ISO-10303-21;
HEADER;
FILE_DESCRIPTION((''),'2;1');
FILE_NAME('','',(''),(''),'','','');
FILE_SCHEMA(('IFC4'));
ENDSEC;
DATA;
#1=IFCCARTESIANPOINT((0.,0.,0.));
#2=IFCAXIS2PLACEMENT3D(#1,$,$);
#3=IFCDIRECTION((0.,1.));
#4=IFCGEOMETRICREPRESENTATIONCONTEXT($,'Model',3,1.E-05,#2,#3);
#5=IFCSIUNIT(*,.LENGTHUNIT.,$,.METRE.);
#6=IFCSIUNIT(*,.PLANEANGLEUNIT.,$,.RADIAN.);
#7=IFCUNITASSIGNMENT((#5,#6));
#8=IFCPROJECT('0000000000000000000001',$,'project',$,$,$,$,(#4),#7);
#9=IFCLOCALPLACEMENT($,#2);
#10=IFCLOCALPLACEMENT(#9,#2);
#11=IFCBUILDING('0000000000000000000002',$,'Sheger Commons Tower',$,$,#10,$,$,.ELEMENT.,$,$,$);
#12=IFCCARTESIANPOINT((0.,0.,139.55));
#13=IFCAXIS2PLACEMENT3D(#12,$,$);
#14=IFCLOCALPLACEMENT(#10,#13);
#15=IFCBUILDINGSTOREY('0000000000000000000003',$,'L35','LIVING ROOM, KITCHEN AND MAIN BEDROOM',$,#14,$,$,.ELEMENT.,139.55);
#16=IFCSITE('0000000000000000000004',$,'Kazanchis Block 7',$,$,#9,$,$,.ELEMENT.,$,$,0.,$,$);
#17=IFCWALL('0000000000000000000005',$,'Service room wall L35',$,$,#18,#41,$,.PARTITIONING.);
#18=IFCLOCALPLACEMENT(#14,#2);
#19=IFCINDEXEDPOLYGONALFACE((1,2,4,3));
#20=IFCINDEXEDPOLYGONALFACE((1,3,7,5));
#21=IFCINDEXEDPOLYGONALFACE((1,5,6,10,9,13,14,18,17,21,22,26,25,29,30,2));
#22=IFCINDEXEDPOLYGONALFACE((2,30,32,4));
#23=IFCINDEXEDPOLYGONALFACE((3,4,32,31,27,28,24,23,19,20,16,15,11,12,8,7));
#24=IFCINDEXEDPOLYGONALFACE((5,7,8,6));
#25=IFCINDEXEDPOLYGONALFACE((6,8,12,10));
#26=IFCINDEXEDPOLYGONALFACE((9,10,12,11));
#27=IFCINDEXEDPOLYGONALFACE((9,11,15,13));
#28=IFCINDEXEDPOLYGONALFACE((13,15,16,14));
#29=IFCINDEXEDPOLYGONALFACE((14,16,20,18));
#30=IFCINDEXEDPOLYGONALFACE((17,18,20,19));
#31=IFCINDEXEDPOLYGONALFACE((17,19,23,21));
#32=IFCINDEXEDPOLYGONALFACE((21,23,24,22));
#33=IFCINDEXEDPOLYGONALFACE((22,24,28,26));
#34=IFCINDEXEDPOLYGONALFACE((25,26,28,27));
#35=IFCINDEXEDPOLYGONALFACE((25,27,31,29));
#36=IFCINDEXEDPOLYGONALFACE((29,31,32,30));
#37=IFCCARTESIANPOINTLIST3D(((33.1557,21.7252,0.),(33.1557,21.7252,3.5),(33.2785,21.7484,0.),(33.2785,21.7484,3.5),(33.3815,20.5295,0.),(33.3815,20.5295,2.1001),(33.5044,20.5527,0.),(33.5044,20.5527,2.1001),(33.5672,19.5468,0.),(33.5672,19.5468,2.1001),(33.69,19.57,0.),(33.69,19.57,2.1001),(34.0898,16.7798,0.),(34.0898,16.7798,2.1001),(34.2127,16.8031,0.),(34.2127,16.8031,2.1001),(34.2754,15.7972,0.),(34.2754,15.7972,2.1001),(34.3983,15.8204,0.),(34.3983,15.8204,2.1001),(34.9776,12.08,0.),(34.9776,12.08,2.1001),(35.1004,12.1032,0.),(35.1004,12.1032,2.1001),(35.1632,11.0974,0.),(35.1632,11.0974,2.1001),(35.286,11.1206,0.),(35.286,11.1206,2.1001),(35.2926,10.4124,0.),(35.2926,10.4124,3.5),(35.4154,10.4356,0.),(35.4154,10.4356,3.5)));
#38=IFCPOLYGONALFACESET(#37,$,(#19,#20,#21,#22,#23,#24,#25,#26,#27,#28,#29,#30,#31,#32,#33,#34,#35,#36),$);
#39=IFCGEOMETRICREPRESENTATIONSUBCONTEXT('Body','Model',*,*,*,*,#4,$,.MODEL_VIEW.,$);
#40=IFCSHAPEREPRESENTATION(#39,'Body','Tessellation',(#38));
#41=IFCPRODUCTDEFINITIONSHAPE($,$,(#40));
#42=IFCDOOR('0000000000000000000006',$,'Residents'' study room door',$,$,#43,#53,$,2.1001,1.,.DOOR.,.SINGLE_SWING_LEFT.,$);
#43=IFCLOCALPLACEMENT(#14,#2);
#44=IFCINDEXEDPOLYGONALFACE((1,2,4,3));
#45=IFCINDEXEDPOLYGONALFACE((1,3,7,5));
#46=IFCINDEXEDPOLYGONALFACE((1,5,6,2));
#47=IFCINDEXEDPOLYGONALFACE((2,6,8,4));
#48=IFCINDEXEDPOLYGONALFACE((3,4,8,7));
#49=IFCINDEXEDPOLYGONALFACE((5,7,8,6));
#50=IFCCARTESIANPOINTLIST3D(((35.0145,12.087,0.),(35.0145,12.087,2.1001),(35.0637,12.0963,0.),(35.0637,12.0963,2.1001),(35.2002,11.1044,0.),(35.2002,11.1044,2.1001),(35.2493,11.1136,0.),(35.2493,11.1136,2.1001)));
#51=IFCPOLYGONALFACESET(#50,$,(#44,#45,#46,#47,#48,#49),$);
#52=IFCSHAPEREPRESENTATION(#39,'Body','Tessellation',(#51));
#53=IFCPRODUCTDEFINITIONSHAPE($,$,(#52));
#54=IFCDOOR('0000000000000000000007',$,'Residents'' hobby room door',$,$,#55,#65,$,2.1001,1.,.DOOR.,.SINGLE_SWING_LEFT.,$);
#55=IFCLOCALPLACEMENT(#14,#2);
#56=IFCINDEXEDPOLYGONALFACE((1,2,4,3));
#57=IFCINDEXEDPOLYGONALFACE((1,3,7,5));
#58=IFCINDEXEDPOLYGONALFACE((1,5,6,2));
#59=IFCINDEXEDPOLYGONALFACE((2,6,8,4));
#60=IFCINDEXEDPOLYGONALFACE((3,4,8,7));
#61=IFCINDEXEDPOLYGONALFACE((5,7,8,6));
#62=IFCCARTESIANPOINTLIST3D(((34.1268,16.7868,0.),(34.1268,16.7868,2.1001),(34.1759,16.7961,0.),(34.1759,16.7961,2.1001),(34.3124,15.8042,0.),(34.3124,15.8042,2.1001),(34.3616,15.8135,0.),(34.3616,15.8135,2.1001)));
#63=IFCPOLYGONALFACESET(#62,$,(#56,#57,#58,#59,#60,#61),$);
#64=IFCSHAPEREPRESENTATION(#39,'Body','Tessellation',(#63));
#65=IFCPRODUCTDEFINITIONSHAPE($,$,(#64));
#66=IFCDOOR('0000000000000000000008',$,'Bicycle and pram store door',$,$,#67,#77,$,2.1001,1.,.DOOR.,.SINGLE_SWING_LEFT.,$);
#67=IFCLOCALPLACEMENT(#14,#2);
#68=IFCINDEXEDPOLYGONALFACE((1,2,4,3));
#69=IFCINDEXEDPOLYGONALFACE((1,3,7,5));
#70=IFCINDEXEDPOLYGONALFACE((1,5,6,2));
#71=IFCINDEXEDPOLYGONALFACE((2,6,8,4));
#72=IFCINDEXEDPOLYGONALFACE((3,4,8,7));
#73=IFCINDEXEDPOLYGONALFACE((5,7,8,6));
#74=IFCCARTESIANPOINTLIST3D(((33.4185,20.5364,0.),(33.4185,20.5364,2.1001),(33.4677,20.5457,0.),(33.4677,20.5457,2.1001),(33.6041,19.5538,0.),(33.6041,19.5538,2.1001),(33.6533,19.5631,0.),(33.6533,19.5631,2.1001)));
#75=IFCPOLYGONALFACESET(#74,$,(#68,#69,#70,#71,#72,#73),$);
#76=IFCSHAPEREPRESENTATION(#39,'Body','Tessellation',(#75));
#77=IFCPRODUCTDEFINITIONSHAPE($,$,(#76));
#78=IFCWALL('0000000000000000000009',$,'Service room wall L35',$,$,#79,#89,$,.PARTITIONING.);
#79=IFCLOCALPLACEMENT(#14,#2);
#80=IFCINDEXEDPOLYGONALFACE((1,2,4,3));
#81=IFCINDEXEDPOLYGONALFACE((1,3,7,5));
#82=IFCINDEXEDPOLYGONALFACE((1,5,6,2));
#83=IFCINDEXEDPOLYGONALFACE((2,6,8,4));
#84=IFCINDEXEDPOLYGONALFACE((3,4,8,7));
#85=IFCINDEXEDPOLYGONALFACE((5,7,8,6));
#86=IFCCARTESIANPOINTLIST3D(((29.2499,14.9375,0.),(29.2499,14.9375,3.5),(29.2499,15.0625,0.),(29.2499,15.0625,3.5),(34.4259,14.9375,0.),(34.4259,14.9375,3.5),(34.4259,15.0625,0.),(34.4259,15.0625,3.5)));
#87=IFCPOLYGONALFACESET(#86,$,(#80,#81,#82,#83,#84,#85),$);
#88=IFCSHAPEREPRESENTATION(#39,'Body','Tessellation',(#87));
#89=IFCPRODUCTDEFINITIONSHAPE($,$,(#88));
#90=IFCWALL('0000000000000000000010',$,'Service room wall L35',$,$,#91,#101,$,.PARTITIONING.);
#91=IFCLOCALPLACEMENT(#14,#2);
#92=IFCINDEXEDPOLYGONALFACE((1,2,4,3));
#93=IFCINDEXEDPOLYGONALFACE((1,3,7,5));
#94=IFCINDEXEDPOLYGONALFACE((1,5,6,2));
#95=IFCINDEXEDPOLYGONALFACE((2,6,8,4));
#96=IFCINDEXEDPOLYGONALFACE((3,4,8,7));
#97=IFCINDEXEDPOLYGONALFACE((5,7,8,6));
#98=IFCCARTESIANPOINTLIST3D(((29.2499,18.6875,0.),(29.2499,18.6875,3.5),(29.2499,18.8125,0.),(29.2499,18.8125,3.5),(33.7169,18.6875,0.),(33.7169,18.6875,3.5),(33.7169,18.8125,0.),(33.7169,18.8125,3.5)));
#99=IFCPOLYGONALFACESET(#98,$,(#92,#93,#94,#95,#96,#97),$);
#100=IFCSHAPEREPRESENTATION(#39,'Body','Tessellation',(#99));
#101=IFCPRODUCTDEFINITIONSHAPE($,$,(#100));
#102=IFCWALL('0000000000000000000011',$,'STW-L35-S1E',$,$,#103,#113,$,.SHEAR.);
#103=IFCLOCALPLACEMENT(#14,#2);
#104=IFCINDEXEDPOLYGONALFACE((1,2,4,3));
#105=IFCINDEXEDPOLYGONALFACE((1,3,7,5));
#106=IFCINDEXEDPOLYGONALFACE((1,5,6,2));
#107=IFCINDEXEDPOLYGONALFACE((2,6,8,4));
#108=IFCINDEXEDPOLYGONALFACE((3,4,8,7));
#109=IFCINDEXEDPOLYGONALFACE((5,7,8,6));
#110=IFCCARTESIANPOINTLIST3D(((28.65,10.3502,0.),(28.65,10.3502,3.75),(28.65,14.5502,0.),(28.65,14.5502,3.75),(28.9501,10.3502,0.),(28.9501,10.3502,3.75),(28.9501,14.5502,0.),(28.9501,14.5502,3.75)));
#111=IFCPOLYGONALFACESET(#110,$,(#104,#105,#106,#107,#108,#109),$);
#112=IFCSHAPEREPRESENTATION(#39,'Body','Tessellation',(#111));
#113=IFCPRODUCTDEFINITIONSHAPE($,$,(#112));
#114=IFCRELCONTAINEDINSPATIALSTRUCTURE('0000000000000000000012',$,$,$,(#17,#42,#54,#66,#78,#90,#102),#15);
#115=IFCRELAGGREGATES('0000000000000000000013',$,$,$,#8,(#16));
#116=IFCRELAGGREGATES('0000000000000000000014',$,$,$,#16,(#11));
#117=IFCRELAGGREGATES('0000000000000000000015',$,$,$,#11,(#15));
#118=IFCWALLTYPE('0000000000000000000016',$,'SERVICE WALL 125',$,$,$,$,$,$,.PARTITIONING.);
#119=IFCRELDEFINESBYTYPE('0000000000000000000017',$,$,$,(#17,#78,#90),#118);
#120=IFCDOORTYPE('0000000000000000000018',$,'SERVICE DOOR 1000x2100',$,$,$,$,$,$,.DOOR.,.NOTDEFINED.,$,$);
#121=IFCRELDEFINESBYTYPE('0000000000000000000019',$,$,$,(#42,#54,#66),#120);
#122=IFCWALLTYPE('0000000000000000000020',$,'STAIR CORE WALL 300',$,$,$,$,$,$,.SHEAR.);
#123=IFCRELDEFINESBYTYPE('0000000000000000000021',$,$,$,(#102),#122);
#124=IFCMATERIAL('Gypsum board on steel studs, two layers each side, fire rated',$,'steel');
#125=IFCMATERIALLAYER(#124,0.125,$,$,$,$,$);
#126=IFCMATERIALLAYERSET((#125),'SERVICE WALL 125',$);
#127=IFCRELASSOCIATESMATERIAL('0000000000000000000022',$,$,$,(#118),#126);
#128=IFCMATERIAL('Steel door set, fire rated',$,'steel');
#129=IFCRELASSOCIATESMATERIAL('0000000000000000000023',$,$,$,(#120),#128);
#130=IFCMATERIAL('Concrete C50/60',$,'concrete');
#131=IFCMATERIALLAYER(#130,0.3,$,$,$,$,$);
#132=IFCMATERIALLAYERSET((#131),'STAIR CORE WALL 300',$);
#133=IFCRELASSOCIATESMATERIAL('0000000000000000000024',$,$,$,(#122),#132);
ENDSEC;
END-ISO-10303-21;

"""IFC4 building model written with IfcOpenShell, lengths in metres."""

from ifc_helpers import new_model, si_unit, direction, frame, frame_2d, origin, place, context, subcontext, project, spatial, rectangle, extrude, material, layer, layer_set, type_object, element, fill, save


model = new_model("IFC4")

# Units and contexts
model_context = context("Model", 3, precision=1e-05, world=origin(), true_north=direction((0.0, 1.0)))
body_context = subcontext(model_context, "Body", "Model", "MODEL_VIEW")
ifc_project = project(units=[si_unit("LENGTHUNIT", "METRE"), si_unit("PLANEANGLEUNIT", "RADIAN")], contexts=[model_context])

# Site, building, storey
site_placement = place(None, origin())
site = spatial("IfcSite", under=ifc_project, at=site_placement, Name="Kazanchis Block 7", CompositionType="ELEMENT", RefElevation=0.0)
building_placement = place(site_placement, origin())
building = spatial("IfcBuilding", under=site, at=building_placement, Name="Sheger Commons Tower", CompositionType="ELEMENT")
storey_placement = place(building_placement, frame((0.0, 0.0, 139.55)))
storey = spatial("IfcBuildingStorey", under=building, at=storey_placement, Name="L35", Description="LIVING ROOM, KITCHEN AND MAIN BEDROOM", CompositionType="ELEMENT", Elevation=139.55)

# Shared definitions
ifc_material_1 = material(Name="Gypsum board on steel studs, two layers each side, fire rated", Category="steel")
ifc_layer_1 = layer(ifc_material_1, 0.125)
ifc_layer_set_1 = layer_set([ifc_layer_1], Name="SERVICE WALL 125")
wall_type_1 = type_object("IfcWallType", Name="SERVICE WALL 125", PredefinedType="PARTITIONING", material=ifc_layer_set_1)

# Wall, openings, doors
wall_1_placement = place(storey_placement, frame((35.354, 10.4241, 0.0), z_axis=(0.0, 0.0, 1.0), x_axis=(-0.185612, 0.982623, 0.0)))
wall_1 = element("IfcWall", 1, at=wall_1_placement, inside=storey, type_object=wall_type_1, Name="Service room wall L35", PredefinedType="PARTITIONING", context=body_context, shape_type="SweptSolid", body=[
    extrude(rectangle(XDim=11.5129, YDim=0.125, at=frame_2d((5.7563, 0.0))), origin(), (0.0, 0.0, 1.0), 3.5),
])
opening_1_placement = place(wall_1_placement, frame((0.697, 0.0, 0.0)))
opening_1 = element("IfcOpeningElement", 2, at=opening_1_placement, cuts=wall_1, PredefinedType="OPENING", context=body_context, shape_type="SweptSolid", body=[
    extrude(rectangle(XDim=1.0, YDim=2.1001, at=frame_2d((0.5, 1.05))), frame((0.0, 0.0725, 0.0), z_axis=(0.0, -1.0, 0.0), x_axis=(1.0, 0.0, 0.0)), (0.0, 0.0, 1.0), 0.145),
])
opening_2_placement = place(wall_1_placement, frame((5.48, 0.0, 0.0)))
opening_2 = element("IfcOpeningElement", 3, at=opening_2_placement, cuts=wall_1, PredefinedType="OPENING", context=body_context, shape_type="SweptSolid", body=[
    extrude(rectangle(XDim=1.0, YDim=2.1001, at=frame_2d((0.5, 1.05))), frame((0.0, 0.0725, 0.0), z_axis=(0.0, -1.0, 0.0), x_axis=(1.0, 0.0, 0.0)), (0.0, 0.0, 1.0), 0.145),
])
opening_3_placement = place(wall_1_placement, frame((9.2959, 0.0, 0.0)))
opening_3 = element("IfcOpeningElement", 4, at=opening_3_placement, cuts=wall_1, PredefinedType="OPENING", context=body_context, shape_type="SweptSolid", body=[
    extrude(rectangle(XDim=1.0, YDim=2.1001, at=frame_2d((0.5, 1.05))), frame((0.0, 0.0725, 0.0), z_axis=(0.0, -1.0, 0.0), x_axis=(1.0, 0.0, 0.0)), (0.0, 0.0, 1.0), 0.145),
])
ifc_material_2 = material(Name="Steel door set, fire rated", Category="steel")
door_type = type_object("IfcDoorType", Name="SERVICE DOOR 1000x2100", OperationType="NOTDEFINED", PredefinedType="DOOR", material=ifc_material_2)
door_1_placement = place(opening_1_placement, origin())
door_1 = element("IfcDoor", 5, at=door_1_placement, inside=storey, type_object=door_type, Name="Residents' study room door", OperationType="SINGLE_SWING_LEFT", OverallHeight=2.1001, OverallWidth=1.0, PredefinedType="DOOR", context=body_context, shape_type="SweptSolid", body=[
    extrude(rectangle(XDim=1.0, YDim=2.1001, at=frame_2d((0.5, 1.05))), frame((0.0, 0.0249, 0.0), z_axis=(0.0, -1.0, 0.0), x_axis=(1.0, 0.0, 0.0)), (0.0, 0.0, 1.0), 0.05),
])
fill(opening_1, door_1)
door_2_placement = place(opening_2_placement, origin())
door_2 = element("IfcDoor", 6, at=door_2_placement, inside=storey, type_object=door_type, Name="Residents' hobby room door", OperationType="SINGLE_SWING_LEFT", OverallHeight=2.1001, OverallWidth=1.0, PredefinedType="DOOR", context=body_context, shape_type="SweptSolid", body=[
    extrude(rectangle(XDim=1.0, YDim=2.1001, at=frame_2d((0.5, 1.05))), frame((0.0, 0.0249, 0.0), z_axis=(0.0, -1.0, 0.0), x_axis=(1.0, 0.0, 0.0)), (0.0, 0.0, 1.0), 0.05),
])
fill(opening_2, door_2)
door_3_placement = place(opening_3_placement, origin())
door_3 = element("IfcDoor", 7, at=door_3_placement, inside=storey, type_object=door_type, Name="Bicycle and pram store door", OperationType="SINGLE_SWING_LEFT", OverallHeight=2.1001, OverallWidth=1.0, PredefinedType="DOOR", context=body_context, shape_type="SweptSolid", body=[
    extrude(rectangle(XDim=1.0, YDim=2.1001, at=frame_2d((0.5, 1.05))), frame((0.0, 0.0249, 0.0), z_axis=(0.0, -1.0, 0.0), x_axis=(1.0, 0.0, 0.0)), (0.0, 0.0, 1.0), 0.05),
])
fill(opening_3, door_3)

# Walls
wall_2_placement = place(storey_placement, frame((29.25, 15.0, 0.0), z_axis=(0.0, 0.0, 1.0), x_axis=(1.0, 0.0, 0.0)))
element("IfcWall", 8, at=wall_2_placement, inside=storey, type_object=wall_type_1, Name="Service room wall L35", PredefinedType="PARTITIONING", context=body_context, shape_type="SweptSolid", body=[
    extrude(rectangle(XDim=5.176, YDim=0.125, at=frame_2d((2.5879, 0.0))), origin(), (0.0, 0.0, 1.0), 3.5),
])
wall_3_placement = place(storey_placement, frame((29.25, 18.75, 0.0), z_axis=(0.0, 0.0, 1.0), x_axis=(1.0, 0.0, 0.0)))
element("IfcWall", 9, at=wall_3_placement, inside=storey, type_object=wall_type_1, Name="Service room wall L35", PredefinedType="PARTITIONING", context=body_context, shape_type="SweptSolid", body=[
    extrude(rectangle(XDim=4.467, YDim=0.125, at=frame_2d((2.2334, 0.0))), origin(), (0.0, 0.0, 1.0), 3.5),
])
ifc_material_3 = material(Name="Concrete C50/60", Category="concrete")
ifc_layer_2 = layer(ifc_material_3, 0.3)
ifc_layer_set_2 = layer_set([ifc_layer_2], Name="STAIR CORE WALL 300")
wall_type_2 = type_object("IfcWallType", Name="STAIR CORE WALL 300", PredefinedType="SHEAR", material=ifc_layer_set_2)
wall_4_placement = place(storey_placement, frame((28.8, 10.3501, 0.0), z_axis=(0.0, 0.0, 1.0), x_axis=(0.0, 1.0, 0.0)))
element("IfcWall", 10, at=wall_4_placement, inside=storey, type_object=wall_type_2, Name="STW-L35-S1E", PredefinedType="SHEAR", context=body_context, shape_type="SweptSolid", body=[
    extrude(rectangle(XDim=4.2, YDim=0.3, at=frame_2d((2.1001, 0.0))), origin(), (0.0, 0.0, 1.0), 3.75),
])

save(model, "model.ifc")
